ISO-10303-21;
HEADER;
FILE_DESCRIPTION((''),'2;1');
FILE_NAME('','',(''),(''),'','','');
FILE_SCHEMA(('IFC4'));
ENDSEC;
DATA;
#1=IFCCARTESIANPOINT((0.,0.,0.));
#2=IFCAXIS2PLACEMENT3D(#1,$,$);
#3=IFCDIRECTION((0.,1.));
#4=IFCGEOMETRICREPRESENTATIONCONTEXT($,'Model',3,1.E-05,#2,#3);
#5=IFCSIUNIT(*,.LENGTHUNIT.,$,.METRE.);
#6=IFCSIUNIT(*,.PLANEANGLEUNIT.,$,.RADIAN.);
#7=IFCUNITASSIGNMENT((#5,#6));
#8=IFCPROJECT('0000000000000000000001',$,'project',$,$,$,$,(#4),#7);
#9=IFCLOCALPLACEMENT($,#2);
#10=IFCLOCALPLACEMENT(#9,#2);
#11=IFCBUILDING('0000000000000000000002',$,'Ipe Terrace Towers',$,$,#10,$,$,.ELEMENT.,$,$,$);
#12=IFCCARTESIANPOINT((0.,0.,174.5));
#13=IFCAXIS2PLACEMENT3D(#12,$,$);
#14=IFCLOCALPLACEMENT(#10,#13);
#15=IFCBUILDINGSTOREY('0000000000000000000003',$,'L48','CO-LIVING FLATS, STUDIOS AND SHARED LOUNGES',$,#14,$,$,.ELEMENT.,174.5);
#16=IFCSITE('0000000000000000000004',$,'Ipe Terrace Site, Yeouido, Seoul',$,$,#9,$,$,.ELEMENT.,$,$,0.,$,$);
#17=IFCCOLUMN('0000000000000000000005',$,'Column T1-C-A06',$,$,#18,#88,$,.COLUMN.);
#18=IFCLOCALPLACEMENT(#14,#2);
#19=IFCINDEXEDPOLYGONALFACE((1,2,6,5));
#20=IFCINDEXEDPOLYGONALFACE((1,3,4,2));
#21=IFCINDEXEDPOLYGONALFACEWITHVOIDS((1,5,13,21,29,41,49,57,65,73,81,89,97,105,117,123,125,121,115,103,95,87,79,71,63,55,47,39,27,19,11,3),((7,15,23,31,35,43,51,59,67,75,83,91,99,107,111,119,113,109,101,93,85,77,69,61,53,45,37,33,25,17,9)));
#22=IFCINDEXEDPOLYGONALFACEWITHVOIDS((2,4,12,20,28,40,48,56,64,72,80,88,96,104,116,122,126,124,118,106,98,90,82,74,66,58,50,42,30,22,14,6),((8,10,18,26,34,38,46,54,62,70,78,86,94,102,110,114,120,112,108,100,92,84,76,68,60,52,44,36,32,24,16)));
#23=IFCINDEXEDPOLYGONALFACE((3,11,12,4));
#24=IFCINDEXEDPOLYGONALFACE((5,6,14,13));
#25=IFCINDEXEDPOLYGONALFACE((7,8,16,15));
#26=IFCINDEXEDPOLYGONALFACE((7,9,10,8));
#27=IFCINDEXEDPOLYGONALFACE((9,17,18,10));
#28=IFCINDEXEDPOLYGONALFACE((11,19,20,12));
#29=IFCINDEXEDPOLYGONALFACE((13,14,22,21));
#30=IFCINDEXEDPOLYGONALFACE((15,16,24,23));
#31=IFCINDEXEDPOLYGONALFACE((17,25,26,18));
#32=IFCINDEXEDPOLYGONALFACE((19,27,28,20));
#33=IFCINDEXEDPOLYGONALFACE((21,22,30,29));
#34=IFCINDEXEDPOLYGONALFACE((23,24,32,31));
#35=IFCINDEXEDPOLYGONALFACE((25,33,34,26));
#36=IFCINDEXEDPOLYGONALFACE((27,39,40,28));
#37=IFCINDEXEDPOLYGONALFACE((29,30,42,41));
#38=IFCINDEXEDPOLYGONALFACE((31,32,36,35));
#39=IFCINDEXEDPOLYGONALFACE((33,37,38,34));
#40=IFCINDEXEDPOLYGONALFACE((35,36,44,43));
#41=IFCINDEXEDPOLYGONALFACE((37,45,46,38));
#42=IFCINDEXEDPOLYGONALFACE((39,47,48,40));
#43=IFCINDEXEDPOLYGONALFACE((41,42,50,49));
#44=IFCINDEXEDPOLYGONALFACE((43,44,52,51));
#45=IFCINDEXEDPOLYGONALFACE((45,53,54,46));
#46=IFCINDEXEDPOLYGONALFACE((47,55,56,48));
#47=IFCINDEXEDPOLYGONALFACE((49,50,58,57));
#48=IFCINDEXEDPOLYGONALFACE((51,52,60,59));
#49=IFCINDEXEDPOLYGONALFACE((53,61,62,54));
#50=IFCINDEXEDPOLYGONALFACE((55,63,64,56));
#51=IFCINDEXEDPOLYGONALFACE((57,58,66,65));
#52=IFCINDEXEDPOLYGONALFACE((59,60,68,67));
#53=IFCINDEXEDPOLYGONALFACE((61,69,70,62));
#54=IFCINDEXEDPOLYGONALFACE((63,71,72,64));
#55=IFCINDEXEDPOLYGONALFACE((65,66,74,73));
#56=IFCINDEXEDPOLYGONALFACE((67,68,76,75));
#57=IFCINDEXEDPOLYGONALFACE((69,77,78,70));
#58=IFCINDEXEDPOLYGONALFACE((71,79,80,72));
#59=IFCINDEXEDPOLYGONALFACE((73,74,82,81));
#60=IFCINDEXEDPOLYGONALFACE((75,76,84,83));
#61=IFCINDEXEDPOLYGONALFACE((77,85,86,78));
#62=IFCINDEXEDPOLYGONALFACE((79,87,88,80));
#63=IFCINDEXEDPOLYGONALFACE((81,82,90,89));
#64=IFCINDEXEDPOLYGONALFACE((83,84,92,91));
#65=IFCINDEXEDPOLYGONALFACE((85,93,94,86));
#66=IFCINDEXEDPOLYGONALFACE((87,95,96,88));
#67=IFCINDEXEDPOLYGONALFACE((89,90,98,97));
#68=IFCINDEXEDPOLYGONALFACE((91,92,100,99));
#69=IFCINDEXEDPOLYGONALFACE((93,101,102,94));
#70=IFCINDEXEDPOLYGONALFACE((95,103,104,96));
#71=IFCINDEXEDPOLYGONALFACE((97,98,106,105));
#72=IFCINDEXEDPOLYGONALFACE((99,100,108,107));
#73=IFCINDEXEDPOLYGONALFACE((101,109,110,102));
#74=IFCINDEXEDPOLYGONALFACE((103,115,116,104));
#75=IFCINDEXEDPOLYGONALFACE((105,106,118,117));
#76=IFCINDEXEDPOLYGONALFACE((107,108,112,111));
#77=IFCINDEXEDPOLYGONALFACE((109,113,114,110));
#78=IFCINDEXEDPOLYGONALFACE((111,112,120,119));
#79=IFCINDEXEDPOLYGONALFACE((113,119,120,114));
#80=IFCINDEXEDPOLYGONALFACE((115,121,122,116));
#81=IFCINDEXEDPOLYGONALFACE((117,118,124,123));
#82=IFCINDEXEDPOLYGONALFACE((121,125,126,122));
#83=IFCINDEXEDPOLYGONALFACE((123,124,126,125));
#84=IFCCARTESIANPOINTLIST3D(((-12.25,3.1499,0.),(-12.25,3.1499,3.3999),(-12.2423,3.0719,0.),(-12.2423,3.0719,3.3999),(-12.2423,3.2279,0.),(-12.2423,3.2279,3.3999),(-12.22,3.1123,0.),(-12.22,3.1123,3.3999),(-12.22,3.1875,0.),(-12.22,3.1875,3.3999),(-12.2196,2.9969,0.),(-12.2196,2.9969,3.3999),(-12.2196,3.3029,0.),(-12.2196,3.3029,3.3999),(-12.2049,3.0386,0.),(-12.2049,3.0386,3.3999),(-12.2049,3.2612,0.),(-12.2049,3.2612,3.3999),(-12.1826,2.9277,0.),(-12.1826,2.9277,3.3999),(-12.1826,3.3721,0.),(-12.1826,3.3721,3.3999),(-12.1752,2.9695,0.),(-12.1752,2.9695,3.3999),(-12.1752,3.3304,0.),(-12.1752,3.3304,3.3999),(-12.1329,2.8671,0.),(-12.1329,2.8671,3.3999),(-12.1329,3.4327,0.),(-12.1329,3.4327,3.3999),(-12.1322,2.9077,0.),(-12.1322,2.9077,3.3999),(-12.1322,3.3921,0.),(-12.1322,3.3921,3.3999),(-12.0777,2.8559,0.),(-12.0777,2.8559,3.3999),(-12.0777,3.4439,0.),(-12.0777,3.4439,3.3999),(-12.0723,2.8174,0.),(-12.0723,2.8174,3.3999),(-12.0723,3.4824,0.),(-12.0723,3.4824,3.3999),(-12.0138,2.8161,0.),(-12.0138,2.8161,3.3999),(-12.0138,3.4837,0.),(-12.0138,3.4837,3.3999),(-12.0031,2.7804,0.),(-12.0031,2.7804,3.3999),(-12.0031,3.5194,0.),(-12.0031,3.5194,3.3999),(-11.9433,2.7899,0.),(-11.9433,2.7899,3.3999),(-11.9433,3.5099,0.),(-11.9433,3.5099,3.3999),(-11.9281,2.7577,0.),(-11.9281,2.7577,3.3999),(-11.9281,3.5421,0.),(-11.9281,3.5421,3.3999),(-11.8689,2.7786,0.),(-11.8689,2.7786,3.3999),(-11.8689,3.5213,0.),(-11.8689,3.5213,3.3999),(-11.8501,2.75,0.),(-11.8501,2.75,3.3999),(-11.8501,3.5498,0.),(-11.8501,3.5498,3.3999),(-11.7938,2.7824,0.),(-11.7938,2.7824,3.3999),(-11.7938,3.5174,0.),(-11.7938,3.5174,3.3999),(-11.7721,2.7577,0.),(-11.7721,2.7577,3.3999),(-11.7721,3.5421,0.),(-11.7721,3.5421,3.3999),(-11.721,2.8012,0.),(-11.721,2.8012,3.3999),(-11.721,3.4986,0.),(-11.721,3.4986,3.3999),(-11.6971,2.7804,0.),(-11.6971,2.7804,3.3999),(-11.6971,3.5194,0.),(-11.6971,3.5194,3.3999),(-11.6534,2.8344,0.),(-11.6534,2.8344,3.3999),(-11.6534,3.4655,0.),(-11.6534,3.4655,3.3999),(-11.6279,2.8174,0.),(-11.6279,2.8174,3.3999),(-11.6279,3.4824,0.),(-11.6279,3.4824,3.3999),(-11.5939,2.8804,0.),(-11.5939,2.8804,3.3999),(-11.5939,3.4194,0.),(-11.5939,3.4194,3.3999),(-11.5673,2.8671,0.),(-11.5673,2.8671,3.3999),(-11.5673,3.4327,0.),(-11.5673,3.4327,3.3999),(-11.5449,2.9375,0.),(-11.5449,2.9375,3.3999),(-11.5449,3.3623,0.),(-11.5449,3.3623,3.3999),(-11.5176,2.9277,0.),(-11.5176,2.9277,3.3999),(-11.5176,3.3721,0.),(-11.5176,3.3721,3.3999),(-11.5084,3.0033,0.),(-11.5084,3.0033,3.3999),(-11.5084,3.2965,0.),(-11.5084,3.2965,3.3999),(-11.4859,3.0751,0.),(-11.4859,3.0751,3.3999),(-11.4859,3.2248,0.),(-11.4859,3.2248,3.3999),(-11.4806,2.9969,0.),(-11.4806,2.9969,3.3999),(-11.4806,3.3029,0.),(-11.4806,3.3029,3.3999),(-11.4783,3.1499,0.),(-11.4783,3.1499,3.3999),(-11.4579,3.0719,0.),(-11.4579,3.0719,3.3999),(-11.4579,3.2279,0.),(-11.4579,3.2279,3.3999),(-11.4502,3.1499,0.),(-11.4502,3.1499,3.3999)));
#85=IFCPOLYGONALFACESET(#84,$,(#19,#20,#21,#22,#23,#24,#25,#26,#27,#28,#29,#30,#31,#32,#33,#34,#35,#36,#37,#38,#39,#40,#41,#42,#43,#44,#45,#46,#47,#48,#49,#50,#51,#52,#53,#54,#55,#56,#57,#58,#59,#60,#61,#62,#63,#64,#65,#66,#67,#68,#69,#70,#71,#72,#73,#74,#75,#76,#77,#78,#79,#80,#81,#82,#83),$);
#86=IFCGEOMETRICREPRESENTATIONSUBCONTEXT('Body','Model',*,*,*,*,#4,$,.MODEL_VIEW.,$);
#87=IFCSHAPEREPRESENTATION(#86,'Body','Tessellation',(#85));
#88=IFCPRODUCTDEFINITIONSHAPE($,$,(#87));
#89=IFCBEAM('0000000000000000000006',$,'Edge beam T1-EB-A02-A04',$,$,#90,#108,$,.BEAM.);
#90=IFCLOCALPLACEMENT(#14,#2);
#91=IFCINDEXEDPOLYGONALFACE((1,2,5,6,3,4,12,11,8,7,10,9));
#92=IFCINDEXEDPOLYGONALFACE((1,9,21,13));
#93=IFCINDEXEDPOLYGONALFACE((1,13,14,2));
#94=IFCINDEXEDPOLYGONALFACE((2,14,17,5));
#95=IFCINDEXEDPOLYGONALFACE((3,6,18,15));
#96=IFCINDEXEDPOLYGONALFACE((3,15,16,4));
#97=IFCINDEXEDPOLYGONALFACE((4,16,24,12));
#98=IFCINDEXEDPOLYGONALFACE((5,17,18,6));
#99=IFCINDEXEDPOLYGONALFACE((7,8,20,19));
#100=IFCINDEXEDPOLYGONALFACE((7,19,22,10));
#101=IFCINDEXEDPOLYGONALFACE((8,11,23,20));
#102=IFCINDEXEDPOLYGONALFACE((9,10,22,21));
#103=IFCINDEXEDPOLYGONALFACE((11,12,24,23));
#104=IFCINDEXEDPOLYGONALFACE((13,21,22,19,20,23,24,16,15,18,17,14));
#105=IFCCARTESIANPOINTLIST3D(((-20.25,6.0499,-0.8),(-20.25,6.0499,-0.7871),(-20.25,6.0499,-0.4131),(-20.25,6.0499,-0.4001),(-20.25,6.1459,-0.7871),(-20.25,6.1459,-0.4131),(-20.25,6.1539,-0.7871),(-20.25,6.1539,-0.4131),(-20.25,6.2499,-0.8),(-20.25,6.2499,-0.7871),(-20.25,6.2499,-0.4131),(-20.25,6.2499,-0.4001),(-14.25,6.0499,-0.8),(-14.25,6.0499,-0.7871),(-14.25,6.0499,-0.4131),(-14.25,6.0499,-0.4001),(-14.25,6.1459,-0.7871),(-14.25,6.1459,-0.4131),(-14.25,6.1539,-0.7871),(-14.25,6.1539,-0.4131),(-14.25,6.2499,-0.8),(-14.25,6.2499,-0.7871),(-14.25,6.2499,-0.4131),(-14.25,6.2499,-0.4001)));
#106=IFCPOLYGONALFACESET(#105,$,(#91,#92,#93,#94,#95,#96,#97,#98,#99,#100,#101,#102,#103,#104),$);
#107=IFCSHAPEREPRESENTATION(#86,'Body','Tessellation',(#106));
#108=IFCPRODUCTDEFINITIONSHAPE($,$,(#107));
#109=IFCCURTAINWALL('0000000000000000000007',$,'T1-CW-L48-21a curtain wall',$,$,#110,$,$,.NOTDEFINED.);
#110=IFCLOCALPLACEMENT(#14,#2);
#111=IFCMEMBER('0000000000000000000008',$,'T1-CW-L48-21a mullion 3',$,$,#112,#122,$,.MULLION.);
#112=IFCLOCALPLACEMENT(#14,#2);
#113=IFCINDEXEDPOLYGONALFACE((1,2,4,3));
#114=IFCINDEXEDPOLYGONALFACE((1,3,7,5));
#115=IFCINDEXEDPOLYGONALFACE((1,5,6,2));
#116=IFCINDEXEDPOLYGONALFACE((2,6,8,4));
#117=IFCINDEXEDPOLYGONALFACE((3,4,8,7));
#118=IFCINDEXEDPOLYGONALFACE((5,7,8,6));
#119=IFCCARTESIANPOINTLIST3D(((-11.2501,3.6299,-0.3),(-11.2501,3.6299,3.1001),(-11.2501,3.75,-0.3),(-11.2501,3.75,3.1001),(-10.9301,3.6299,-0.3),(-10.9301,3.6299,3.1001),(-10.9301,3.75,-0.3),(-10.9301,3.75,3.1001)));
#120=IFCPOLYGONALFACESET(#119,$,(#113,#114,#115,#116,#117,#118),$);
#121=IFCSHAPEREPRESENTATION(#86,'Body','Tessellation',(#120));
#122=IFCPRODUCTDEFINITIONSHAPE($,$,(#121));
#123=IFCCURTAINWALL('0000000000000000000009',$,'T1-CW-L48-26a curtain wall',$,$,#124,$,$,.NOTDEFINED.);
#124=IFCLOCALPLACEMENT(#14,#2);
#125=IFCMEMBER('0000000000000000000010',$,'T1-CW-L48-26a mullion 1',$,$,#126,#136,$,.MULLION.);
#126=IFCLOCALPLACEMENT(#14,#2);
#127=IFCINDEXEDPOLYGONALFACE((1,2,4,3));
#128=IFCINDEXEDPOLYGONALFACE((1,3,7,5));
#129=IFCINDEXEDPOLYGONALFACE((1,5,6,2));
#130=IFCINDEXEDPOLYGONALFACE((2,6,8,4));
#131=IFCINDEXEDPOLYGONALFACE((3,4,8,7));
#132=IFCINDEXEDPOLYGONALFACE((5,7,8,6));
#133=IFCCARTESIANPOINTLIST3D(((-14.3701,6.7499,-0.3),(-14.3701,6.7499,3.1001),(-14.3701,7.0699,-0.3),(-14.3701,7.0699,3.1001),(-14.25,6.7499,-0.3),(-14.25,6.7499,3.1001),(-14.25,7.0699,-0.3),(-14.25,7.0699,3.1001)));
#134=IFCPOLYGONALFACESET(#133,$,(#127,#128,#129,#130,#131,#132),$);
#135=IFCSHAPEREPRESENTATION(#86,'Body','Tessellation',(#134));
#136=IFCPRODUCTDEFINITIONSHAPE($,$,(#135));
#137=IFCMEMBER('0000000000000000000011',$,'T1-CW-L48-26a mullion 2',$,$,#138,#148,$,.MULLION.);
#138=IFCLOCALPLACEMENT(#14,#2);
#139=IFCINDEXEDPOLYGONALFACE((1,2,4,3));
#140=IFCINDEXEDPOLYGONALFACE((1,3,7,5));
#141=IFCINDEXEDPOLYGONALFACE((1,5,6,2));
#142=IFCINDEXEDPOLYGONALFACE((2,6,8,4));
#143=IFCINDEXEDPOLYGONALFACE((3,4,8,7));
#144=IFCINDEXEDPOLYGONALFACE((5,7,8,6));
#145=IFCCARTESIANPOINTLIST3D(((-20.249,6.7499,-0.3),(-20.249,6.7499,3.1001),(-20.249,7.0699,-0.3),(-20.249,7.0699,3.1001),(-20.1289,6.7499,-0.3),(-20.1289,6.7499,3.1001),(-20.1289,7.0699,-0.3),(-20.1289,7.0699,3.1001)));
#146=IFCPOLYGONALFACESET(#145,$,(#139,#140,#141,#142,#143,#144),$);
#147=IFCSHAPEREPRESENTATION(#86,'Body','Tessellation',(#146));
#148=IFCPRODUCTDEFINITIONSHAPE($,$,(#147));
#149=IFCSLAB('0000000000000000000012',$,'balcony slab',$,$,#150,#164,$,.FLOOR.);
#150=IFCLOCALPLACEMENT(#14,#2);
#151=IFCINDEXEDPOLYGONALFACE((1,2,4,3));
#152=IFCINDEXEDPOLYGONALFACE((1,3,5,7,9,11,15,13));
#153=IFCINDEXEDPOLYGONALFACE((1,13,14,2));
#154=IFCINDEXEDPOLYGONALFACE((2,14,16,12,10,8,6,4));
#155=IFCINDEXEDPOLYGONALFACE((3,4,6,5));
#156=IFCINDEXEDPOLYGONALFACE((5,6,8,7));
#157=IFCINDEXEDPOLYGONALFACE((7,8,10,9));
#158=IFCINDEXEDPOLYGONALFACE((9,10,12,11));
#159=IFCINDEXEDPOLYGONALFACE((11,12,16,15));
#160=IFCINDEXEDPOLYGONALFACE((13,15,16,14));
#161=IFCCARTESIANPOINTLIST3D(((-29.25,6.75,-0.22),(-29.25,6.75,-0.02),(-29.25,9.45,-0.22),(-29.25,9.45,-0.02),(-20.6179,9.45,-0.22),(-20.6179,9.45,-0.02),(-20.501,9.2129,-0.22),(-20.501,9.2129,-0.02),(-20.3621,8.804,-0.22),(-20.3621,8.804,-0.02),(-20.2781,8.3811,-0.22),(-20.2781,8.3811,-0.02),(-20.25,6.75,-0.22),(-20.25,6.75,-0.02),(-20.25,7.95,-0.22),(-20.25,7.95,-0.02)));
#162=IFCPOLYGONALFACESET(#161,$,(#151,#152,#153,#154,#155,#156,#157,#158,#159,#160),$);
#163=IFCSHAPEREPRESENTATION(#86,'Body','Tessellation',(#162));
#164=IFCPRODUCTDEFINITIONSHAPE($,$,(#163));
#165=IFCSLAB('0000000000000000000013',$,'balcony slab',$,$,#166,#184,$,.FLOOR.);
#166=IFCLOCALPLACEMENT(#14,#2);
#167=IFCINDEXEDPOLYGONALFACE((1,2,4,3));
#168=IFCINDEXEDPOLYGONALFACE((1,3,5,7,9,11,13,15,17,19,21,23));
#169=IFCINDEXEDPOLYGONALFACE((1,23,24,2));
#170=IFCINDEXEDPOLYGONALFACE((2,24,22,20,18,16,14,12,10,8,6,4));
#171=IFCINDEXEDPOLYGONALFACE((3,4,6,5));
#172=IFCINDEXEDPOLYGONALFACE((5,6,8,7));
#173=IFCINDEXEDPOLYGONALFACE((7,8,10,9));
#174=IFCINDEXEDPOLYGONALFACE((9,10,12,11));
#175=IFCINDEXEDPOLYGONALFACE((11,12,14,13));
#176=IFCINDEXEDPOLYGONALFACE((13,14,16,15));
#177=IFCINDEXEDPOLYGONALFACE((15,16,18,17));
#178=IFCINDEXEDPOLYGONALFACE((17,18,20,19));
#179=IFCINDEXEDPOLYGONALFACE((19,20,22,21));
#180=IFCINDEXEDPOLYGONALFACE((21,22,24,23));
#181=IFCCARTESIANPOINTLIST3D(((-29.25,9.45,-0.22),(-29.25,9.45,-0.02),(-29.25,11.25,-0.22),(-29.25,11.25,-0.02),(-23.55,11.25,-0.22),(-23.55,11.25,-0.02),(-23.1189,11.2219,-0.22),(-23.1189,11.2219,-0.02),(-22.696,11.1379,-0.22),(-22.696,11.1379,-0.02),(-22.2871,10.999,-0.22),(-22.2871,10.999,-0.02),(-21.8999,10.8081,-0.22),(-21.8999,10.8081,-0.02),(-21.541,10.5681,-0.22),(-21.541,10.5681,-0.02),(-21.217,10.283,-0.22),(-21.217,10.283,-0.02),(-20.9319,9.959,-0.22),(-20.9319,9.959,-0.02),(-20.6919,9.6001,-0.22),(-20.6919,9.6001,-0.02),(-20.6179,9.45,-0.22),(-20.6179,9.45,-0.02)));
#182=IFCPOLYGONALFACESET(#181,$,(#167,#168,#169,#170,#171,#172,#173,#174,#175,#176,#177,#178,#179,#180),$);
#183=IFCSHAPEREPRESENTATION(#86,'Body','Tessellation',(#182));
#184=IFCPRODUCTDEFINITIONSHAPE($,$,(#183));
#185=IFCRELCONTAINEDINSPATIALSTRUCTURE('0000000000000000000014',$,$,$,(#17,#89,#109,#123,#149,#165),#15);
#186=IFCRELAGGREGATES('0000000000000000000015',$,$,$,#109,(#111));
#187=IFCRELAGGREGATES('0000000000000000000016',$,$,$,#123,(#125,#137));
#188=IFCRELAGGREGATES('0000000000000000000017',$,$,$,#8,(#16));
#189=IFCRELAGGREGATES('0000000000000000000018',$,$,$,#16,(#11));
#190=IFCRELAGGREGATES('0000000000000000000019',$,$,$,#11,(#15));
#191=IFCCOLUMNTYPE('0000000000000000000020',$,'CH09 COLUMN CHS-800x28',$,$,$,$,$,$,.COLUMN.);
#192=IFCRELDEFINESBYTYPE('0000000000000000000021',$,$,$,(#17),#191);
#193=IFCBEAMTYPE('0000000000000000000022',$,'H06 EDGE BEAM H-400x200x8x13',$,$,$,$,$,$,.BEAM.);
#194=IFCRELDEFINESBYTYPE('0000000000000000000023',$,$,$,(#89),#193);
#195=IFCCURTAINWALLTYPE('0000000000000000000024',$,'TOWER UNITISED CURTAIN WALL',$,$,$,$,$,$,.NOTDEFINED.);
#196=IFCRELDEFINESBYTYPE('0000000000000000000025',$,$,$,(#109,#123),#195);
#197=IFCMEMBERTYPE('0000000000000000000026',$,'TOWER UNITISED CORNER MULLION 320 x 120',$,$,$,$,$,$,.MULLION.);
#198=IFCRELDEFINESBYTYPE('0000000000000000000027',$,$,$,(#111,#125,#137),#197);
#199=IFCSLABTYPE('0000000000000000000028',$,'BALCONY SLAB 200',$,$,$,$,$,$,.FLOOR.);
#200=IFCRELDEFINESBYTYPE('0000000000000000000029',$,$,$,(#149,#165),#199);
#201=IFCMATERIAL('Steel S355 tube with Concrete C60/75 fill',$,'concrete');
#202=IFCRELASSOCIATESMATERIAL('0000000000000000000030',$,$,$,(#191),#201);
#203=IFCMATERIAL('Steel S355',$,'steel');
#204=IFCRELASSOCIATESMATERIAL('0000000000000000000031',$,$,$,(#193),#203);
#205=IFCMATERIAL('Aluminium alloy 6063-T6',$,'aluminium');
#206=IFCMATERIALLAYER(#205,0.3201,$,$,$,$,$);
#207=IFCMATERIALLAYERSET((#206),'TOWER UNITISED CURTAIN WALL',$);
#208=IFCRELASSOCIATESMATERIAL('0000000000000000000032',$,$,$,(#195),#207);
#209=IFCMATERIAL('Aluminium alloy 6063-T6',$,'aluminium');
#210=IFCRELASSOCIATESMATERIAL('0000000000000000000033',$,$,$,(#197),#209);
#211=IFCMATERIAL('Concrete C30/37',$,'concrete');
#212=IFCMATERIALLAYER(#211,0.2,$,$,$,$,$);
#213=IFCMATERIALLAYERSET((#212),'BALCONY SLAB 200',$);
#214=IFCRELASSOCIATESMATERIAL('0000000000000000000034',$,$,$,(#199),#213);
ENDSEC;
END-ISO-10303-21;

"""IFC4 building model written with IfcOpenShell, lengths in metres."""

from ifc_helpers import new_model, si_unit, direction, frame, origin, origin_2d, place, context, subcontext, project, spatial, polyline, rectangle, hollow_circle, i_section, outline, extrude, material, layer, layer_set, material_profile, profile_set, type_object, element, aggregate, save


model = new_model("IFC4")

# Units and contexts
model_context = context("Model", 3, precision=1e-05, world=origin(), true_north=direction((0.0, 1.0)))
body_context = subcontext(model_context, "Body", "Model", "MODEL_VIEW")
ifc_project = project(units=[si_unit("LENGTHUNIT", "METRE"), si_unit("PLANEANGLEUNIT", "RADIAN")], contexts=[model_context])

# Site, building, storey
site_placement = place(None, origin())
site = spatial("IfcSite", under=ifc_project, at=site_placement, Name="Ipe Terrace Site, Yeouido, Seoul", CompositionType="ELEMENT", RefElevation=0.0)
building_placement = place(site_placement, origin())
building = spatial("IfcBuilding", under=site, at=building_placement, Name="Ipe Terrace Towers", CompositionType="ELEMENT")
storey_placement = place(building_placement, frame((0.0, 0.0, 174.5)))
storey = spatial("IfcBuildingStorey", under=building, at=storey_placement, Name="L48", Description="CO-LIVING FLATS, STUDIOS AND SHARED LOUNGES", CompositionType="ELEMENT", Elevation=174.5)

# Column
ifc_material_1 = material(Name="Steel S355 tube with Concrete C60/75 fill", Category="concrete")
ifc_material_profile_1 = material_profile(ifc_material_1, hollow_circle(Radius=0.3999, WallThickness=0.0281, at=origin_2d()), Name="CHS-800x28")
ifc_profile_set_1 = profile_set([ifc_material_profile_1], Name="Steel S355 tube with Concrete C60/75 fill")
column_type = type_object("IfcColumnType", Name="CH09 COLUMN CHS-800x28", PredefinedType="COLUMN", material=ifc_profile_set_1)
for number, where, z_axis, x_axis, name in (
    (1, (-11.8501, 3.1499, 0.0), (0.0, 0.0, 1.0), (1.0, 0.0, 0.0), "Column T1-C-A06"),
):
    element("IfcColumn", number, at=place(storey_placement, frame(where, z_axis=z_axis, x_axis=x_axis)), inside=storey, type_object=column_type, Name=name, PredefinedType="COLUMN", context=body_context, shape_type="SweptSolid", body=[
        extrude(hollow_circle(Radius=0.3999, WallThickness=0.0281, at=origin_2d()), origin(), (0.0, 0.0, 1.0), 3.3999),
    ])

# Beam
ifc_material_2 = material(Name="Steel S355", Category="steel")
ifc_material_profile_2 = material_profile(ifc_material_2, i_section(OverallWidth=0.2, OverallDepth=0.3999, WebThickness=0.0081, FlangeThickness=0.0129, at=origin_2d()), Name="H-400x200x8x13")
ifc_profile_set_2 = profile_set([ifc_material_profile_2], Name="Steel S355")
beam_type = type_object("IfcBeamType", Name="H06 EDGE BEAM H-400x200x8x13", PredefinedType="BEAM", material=ifc_profile_set_2)
beam_placement = place(storey_placement, frame((-20.25, 6.1499, -0.6001), z_axis=(1.0, 0.0, 0.0), x_axis=(0.0, 1.0, 0.0)))
element("IfcBeam", 2, at=beam_placement, inside=storey, type_object=beam_type, Name="Edge beam T1-EB-A02-A04", PredefinedType="BEAM", context=body_context, shape_type="SweptSolid", body=[
    extrude(i_section(OverallWidth=0.2, OverallDepth=0.3999, WebThickness=0.0081, FlangeThickness=0.0129, at=origin_2d()), origin(), (0.0, 0.0, 1.0), 6.0),
])

# Curtain wall, member
ifc_material_3 = material(Name="Aluminium alloy 6063-T6", Category="aluminium")
ifc_layer_1 = layer(ifc_material_3, 0.3201)
ifc_layer_set_1 = layer_set([ifc_layer_1], Name="TOWER UNITISED CURTAIN WALL")
curtain_wall_type = type_object("IfcCurtainWallType", Name="TOWER UNITISED CURTAIN WALL", PredefinedType="NOTDEFINED", material=ifc_layer_set_1)
curtain_wall_1_placement = place(storey_placement, origin())
curtain_wall_1 = element("IfcCurtainWall", 3, at=curtain_wall_1_placement, inside=storey, type_object=curtain_wall_type, Name="T1-CW-L48-21a curtain wall", PredefinedType="NOTDEFINED")
ifc_material_4 = material(Name="Aluminium alloy 6063-T6", Category="aluminium")
ifc_material_profile_3 = material_profile(ifc_material_4, rectangle(XDim=0.3201, YDim=0.1201, at=origin_2d()), Name="TOWER UNITISED CORNER MULLION 320 x 120")
ifc_profile_set_3 = profile_set([ifc_material_profile_3], Name="Aluminium alloy 6063-T6")
member_type = type_object("IfcMemberType", Name="TOWER UNITISED CORNER MULLION 320 x 120", PredefinedType="MULLION", material=ifc_profile_set_3)
member_1_placement = place(storey_placement, frame((-11.0901, 3.6899, -0.3), z_axis=(0.0, 0.0, 1.0), x_axis=(1.0, 0.0, 0.0)))
member_1 = element("IfcMember", 4, at=member_1_placement, type_object=member_type, Name="T1-CW-L48-21a mullion 3", PredefinedType="MULLION", context=body_context, shape_type="SweptSolid", body=[
    extrude(rectangle(XDim=0.3201, YDim=0.1201, at=origin_2d()), origin(), (0.0, 0.0, 1.0), 3.4001),
])

# Curtain wall, members
curtain_wall_2_placement = place(storey_placement, origin())
curtain_wall_2 = element("IfcCurtainWall", 5, at=curtain_wall_2_placement, inside=storey, type_object=curtain_wall_type, Name="T1-CW-L48-26a curtain wall", PredefinedType="NOTDEFINED")
member_2_placement = place(storey_placement, frame((-14.3101, 6.9099, -0.3), z_axis=(0.0, 0.0, 1.0), x_axis=(0.0, 1.0, 0.0)))
member_2 = element("IfcMember", 6, at=member_2_placement, type_object=member_type, Name="T1-CW-L48-26a mullion 1", PredefinedType="MULLION", context=body_context, shape_type="SweptSolid", body=[
    extrude(rectangle(XDim=0.3201, YDim=0.1201, at=origin_2d()), origin(), (0.0, 0.0, 1.0), 3.4001),
])
member_3_placement = place(storey_placement, frame((-20.189, 6.9099, -0.3), z_axis=(0.0, 0.0, 1.0), x_axis=(0.0, 1.0, 0.0)))
member_3 = element("IfcMember", 7, at=member_3_placement, type_object=member_type, Name="T1-CW-L48-26a mullion 2", PredefinedType="MULLION", context=body_context, shape_type="SweptSolid", body=[
    extrude(rectangle(XDim=0.3201, YDim=0.1201, at=origin_2d()), origin(), (0.0, 0.0, 1.0), 3.4001),
])

# Slabs
ifc_material_5 = material(Name="Concrete C30/37", Category="concrete")
ifc_layer_2 = layer(ifc_material_5, 0.2)
ifc_layer_set_2 = layer_set([ifc_layer_2], Name="BALCONY SLAB 200")
slab_type_1 = type_object("IfcSlabType", Name="BALCONY SLAB 200", PredefinedType="FLOOR", material=ifc_layer_set_2)
slab_1_placement = place(storey_placement, frame((0.0, 0.0, -0.22)))
element("IfcSlab", 8, at=slab_1_placement, inside=storey, type_object=slab_type_1, Name="balcony slab", PredefinedType="FLOOR", context=body_context, shape_type="SweptSolid", body=[
    extrude(outline(polyline([(-20.501, 9.2129), (-20.6179, 9.45), (-29.25, 9.45), (-29.25, 6.75), (-20.25, 6.75), (-20.25, 7.95), (-20.2781, 8.3811), (-20.3621, 8.804), (-20.501, 9.2129)])), origin(), (0.0, 0.0, 1.0), 0.2),
])
slab_2_placement = place(storey_placement, frame((0.0, 0.0, -0.22)))
element("IfcSlab", 9, at=slab_2_placement, inside=storey, type_object=slab_type_1, Name="balcony slab", PredefinedType="FLOOR", context=body_context, shape_type="SweptSolid", body=[
    extrude(outline(polyline([(-29.25, 11.25), (-29.25, 9.45), (-20.6179, 9.45), (-20.6919, 9.6001), (-20.9319, 9.959), (-21.217, 10.283), (-21.541, 10.5681), (-21.8999, 10.8081), (-22.2871, 10.999), (-22.696, 11.1379), (-23.1189, 11.2219), (-23.55, 11.25), (-29.25, 11.25)])), origin(), (0.0, 0.0, 1.0), 0.2),
])

aggregate(curtain_wall_1, [member_1])
aggregate(curtain_wall_2, [member_2, member_3])

save(model, "model.ifc")
